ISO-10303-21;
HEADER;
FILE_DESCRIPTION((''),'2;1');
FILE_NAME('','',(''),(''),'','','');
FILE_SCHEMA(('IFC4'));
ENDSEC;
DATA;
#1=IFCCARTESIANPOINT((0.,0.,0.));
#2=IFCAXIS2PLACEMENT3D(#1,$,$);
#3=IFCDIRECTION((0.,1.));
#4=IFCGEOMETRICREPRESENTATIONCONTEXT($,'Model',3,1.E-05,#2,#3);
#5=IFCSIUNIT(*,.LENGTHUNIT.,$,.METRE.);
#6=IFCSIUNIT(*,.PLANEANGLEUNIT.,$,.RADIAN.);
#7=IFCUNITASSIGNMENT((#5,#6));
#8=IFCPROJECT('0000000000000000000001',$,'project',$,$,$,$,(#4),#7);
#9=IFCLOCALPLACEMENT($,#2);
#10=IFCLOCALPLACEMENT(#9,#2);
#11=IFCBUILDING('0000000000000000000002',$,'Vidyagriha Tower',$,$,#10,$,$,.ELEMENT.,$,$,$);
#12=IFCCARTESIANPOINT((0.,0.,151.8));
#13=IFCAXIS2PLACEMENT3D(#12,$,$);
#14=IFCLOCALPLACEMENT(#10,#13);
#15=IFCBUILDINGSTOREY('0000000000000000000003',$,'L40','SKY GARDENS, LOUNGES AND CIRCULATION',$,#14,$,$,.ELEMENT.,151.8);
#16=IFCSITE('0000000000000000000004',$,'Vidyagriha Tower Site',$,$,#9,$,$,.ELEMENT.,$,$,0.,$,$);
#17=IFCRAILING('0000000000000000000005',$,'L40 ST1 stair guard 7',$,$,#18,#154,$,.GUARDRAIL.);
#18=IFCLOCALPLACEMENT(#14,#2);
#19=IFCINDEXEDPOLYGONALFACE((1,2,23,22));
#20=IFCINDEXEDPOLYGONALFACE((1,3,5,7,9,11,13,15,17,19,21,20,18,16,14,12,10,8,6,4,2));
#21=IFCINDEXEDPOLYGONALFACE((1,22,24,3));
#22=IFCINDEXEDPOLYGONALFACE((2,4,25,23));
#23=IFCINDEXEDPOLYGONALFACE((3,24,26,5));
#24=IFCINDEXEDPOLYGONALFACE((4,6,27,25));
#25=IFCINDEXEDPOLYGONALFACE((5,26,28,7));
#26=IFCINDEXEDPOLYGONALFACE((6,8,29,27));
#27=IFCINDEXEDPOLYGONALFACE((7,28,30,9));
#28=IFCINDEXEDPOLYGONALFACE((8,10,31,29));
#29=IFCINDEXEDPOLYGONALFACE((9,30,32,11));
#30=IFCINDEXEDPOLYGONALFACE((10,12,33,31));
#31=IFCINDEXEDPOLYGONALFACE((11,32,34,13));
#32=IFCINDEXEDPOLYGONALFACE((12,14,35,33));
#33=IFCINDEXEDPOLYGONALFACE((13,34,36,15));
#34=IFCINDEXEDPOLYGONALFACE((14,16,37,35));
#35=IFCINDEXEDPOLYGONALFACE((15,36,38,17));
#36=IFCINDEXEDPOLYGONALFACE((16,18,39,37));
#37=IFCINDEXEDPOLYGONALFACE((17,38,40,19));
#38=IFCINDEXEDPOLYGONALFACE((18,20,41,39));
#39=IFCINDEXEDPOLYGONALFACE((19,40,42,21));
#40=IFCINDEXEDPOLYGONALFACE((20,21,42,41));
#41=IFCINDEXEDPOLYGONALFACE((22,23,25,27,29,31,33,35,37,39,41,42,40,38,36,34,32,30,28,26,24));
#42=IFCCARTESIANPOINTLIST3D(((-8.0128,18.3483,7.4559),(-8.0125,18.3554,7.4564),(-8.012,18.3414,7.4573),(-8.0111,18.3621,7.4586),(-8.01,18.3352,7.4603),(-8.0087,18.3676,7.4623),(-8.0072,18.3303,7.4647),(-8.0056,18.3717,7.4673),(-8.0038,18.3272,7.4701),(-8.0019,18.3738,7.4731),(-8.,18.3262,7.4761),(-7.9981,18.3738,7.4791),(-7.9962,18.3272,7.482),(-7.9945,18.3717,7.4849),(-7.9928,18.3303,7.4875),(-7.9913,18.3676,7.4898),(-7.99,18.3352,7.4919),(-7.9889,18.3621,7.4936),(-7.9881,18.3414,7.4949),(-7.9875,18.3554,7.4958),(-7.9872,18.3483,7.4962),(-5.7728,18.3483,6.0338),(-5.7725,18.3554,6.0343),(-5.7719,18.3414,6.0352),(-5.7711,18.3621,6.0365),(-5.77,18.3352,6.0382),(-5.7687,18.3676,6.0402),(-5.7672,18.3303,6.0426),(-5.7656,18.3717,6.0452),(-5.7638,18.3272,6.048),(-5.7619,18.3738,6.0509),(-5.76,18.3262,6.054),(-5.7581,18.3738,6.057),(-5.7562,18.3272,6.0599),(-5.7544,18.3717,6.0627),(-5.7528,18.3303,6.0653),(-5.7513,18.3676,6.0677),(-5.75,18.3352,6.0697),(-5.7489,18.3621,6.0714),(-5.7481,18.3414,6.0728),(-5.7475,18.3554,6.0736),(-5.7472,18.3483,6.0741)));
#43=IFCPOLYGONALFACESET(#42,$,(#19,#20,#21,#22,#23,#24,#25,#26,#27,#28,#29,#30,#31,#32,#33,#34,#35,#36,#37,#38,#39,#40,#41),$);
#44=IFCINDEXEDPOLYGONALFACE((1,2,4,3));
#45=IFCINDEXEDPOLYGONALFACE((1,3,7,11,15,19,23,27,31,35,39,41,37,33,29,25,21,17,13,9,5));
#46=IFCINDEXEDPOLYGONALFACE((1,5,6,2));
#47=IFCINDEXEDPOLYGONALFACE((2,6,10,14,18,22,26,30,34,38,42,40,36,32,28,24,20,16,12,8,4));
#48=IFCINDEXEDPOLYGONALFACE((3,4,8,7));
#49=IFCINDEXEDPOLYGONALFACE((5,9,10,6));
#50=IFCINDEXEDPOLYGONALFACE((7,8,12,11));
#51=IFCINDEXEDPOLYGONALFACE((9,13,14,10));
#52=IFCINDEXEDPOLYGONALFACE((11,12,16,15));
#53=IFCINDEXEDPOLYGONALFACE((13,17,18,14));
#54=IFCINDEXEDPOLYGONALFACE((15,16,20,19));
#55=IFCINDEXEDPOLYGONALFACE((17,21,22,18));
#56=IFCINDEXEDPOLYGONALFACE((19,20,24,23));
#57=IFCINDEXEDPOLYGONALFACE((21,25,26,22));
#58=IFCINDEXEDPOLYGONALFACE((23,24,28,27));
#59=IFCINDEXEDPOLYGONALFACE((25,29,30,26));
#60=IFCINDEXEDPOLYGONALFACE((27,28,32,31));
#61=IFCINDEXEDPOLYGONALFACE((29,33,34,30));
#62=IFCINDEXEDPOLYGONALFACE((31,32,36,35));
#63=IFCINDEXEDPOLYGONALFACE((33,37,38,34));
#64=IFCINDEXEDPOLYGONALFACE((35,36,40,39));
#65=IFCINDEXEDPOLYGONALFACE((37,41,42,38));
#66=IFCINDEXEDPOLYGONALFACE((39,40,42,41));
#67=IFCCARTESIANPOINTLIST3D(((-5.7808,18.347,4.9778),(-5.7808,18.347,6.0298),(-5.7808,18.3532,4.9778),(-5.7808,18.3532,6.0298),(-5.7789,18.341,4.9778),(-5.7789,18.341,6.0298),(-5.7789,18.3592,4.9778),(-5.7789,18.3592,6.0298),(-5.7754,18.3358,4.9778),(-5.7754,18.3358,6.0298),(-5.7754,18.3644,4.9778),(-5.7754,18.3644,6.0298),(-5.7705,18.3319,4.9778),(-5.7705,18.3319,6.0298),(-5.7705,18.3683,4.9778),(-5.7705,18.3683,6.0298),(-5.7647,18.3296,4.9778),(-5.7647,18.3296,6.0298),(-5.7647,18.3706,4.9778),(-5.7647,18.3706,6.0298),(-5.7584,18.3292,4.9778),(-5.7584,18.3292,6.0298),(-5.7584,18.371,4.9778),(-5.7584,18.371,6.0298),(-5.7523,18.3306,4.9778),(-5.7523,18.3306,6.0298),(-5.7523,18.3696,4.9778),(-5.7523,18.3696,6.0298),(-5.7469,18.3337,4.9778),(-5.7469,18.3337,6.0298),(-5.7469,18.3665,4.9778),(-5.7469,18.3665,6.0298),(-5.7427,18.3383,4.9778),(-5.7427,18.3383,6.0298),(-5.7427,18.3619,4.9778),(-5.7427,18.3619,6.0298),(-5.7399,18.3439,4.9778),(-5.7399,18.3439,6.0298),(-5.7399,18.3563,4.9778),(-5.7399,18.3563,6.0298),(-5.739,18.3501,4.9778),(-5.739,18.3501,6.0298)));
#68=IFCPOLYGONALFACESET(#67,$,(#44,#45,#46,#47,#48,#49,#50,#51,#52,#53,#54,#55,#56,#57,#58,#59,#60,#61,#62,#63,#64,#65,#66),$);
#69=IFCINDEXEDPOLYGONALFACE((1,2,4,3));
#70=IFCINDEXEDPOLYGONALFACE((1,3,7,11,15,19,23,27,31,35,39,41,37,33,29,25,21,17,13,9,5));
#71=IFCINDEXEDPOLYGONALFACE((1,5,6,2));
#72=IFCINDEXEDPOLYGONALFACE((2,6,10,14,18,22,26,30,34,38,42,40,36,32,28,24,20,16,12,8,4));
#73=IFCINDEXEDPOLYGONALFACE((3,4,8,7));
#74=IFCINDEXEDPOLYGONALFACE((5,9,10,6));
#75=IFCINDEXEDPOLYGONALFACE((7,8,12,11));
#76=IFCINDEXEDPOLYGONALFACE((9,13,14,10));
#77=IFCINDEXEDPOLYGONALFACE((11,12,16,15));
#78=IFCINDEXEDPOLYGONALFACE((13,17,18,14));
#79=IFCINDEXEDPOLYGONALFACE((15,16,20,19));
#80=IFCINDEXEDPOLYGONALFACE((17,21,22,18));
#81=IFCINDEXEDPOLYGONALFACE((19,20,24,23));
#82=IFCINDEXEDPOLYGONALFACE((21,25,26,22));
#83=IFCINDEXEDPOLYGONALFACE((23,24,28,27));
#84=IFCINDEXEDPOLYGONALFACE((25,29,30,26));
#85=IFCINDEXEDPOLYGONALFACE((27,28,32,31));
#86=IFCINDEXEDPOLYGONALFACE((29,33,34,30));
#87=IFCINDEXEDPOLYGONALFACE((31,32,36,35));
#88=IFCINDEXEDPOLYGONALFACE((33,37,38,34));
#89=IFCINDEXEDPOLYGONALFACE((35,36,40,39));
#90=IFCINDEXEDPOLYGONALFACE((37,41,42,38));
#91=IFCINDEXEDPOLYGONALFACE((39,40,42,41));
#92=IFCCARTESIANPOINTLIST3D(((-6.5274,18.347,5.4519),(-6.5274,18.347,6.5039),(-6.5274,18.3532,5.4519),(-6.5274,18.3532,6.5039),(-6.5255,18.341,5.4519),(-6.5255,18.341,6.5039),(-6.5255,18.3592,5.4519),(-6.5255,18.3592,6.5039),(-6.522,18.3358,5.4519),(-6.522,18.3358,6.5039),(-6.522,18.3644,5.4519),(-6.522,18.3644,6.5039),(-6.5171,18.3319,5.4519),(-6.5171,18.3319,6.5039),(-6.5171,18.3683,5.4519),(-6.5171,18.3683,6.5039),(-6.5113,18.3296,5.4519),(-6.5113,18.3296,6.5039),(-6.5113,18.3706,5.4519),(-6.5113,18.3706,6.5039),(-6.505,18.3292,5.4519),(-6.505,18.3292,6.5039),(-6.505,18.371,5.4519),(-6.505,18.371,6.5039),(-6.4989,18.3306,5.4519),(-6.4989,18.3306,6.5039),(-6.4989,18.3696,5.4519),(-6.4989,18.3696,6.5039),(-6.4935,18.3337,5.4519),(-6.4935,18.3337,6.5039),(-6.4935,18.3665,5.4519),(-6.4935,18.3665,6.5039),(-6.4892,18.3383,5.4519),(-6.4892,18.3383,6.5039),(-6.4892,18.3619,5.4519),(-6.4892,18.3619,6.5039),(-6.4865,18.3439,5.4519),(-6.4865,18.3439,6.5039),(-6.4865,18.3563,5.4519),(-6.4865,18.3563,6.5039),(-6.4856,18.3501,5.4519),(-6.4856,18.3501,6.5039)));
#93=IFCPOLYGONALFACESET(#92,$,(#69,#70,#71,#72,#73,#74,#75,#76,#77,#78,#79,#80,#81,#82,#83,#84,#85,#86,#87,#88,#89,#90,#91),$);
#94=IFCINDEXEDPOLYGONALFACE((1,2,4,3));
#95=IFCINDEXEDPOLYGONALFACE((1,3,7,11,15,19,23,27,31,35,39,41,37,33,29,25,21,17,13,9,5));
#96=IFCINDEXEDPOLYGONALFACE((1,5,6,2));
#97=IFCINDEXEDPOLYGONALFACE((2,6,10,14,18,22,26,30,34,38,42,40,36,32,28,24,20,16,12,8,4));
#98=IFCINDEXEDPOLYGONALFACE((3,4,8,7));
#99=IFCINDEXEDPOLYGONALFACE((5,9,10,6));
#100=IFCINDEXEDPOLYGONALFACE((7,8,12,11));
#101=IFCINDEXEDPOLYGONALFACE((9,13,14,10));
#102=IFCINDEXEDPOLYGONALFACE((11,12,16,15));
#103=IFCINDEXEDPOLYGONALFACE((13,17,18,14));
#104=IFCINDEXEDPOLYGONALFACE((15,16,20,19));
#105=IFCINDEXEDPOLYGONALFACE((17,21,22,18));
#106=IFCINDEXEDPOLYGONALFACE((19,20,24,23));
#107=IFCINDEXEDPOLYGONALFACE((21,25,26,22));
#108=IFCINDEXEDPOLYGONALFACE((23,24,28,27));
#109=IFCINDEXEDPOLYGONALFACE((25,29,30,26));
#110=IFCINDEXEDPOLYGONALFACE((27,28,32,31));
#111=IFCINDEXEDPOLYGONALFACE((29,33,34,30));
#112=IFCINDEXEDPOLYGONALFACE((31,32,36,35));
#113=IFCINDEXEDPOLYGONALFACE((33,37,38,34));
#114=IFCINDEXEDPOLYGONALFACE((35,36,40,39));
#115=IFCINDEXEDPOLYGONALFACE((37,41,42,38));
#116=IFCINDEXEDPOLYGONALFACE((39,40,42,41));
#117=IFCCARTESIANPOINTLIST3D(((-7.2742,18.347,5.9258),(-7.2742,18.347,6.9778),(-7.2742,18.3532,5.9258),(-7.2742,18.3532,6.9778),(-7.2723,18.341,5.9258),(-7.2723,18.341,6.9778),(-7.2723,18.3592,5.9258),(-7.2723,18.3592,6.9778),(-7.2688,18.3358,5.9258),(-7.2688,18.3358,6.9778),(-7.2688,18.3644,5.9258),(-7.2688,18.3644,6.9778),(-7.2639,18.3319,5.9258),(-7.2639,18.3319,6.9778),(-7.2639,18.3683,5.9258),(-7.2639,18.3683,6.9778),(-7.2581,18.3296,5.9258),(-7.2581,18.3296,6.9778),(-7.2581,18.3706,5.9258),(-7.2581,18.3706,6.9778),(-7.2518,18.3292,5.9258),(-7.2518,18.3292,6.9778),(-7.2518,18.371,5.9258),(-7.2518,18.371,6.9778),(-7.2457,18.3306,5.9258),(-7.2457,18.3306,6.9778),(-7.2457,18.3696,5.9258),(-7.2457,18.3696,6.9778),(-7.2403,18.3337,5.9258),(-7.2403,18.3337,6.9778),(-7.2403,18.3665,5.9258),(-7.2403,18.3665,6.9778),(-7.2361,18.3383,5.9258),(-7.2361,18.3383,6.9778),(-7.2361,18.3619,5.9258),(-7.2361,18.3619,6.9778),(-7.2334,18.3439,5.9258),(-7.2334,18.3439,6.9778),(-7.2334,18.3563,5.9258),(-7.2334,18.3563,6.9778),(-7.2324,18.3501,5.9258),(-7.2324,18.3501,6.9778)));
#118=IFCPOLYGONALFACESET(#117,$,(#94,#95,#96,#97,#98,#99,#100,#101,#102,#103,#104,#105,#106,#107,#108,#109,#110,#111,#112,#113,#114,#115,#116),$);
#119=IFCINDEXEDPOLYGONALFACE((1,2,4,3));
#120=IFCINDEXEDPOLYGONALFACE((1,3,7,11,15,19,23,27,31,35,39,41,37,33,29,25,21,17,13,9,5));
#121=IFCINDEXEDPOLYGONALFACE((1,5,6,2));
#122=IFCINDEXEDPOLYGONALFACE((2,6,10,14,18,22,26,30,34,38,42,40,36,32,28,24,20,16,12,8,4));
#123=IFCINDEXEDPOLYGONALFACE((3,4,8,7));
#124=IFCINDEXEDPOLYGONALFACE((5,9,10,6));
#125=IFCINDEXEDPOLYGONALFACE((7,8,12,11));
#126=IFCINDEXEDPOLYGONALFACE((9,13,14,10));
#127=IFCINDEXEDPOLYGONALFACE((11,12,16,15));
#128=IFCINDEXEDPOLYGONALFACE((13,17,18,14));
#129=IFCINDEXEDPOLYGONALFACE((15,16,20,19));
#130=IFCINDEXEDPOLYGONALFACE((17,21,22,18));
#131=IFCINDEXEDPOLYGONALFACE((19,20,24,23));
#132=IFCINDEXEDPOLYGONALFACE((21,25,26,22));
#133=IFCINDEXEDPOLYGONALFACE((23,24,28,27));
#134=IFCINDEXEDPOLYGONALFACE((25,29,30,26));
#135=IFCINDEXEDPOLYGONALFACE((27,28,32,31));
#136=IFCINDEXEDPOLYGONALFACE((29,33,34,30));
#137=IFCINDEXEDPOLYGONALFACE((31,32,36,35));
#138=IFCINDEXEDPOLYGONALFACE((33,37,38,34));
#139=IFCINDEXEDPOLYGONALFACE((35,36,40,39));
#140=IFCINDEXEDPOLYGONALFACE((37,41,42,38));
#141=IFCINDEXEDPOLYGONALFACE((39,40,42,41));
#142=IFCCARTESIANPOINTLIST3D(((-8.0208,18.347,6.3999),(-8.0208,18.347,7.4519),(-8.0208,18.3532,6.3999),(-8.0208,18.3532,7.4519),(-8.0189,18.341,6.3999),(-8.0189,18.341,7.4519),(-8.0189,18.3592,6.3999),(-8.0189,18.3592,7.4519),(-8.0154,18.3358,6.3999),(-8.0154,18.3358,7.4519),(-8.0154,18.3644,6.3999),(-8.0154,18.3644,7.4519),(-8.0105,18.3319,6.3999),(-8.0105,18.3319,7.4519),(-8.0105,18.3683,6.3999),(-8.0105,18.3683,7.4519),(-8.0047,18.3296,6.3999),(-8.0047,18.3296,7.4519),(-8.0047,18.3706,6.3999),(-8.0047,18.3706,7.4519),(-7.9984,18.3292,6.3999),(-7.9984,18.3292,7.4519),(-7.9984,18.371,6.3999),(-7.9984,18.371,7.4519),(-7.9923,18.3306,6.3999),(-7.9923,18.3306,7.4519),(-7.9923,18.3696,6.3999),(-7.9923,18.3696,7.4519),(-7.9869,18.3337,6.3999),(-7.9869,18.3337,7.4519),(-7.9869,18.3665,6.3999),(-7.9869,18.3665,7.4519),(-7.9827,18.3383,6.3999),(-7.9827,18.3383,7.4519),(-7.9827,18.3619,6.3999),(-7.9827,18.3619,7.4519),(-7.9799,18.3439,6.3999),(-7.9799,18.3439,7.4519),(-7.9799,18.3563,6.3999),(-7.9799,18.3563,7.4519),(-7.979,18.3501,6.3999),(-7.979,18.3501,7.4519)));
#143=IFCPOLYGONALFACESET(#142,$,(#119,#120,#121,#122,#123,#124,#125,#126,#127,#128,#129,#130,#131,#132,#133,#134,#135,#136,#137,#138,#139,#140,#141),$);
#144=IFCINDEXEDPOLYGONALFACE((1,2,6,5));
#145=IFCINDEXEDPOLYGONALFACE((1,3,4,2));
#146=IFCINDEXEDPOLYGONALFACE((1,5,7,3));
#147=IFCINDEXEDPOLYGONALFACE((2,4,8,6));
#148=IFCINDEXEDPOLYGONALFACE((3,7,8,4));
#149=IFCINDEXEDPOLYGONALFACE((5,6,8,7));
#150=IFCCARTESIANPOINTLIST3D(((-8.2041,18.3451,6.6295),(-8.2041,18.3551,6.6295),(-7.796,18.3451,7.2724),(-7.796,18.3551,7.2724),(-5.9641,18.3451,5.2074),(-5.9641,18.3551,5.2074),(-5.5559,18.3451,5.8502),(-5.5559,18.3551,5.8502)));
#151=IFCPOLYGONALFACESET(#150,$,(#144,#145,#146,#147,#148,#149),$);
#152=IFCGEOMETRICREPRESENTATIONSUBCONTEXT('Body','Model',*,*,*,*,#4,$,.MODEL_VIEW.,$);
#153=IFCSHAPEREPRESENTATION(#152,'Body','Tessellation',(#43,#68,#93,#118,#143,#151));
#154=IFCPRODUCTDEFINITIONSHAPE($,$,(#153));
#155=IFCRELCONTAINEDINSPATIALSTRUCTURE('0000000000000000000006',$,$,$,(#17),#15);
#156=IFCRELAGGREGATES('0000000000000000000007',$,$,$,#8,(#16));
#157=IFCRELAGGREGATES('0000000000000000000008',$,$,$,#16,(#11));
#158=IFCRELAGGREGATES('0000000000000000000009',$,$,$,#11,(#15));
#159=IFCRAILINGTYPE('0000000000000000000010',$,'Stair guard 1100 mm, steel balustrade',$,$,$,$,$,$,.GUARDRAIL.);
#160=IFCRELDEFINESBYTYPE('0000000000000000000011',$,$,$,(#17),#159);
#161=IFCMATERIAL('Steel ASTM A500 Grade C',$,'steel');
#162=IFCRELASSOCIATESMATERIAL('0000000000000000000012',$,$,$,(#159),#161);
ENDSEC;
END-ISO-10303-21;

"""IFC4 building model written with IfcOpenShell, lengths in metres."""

from ifc_helpers import new_model, si_unit, direction, frame, origin, origin_2d, place, context, subcontext, project, spatial, rectangle, circle, extrude, material, type_object, element, save


model = new_model("IFC4")

# Units and contexts
model_context = context("Model", 3, precision=1e-05, world=origin(), true_north=direction((0.0, 1.0)))
body_context = subcontext(model_context, "Body", "Model", "MODEL_VIEW")
ifc_project = project(units=[si_unit("LENGTHUNIT", "METRE"), si_unit("PLANEANGLEUNIT", "RADIAN")], contexts=[model_context])

# Site, building, storey
site_placement = place(None, origin())
site = spatial("IfcSite", under=ifc_project, at=site_placement, Name="Vidyagriha Tower Site", CompositionType="ELEMENT", RefElevation=0.0)
building_placement = place(site_placement, origin())
building = spatial("IfcBuilding", under=site, at=building_placement, Name="Vidyagriha Tower", CompositionType="ELEMENT")
storey_placement = place(building_placement, frame((0.0, 0.0, 151.8)))
storey = spatial("IfcBuildingStorey", under=building, at=storey_placement, Name="L40", Description="SKY GARDENS, LOUNGES AND CIRCULATION", CompositionType="ELEMENT", Elevation=151.8)

# Railing
ifc_material_1 = material(Name="Steel ASTM A500 Grade C", Category="steel")
railing_type_1 = type_object("IfcRailingType", Name="Stair guard 1100 mm, steel balustrade", PredefinedType="GUARDRAIL", material=ifc_material_1)
railing_1_placement = place(storey_placement, frame((-5.76, 18.3501, 4.9778)))
element("IfcRailing", 1, at=railing_1_placement, inside=storey, type_object=railing_type_1, Name="L40 ST1 stair guard 7", PredefinedType="GUARDRAIL", context=body_context, shape_type="SweptSolid", body=[
    extrude(circle(Radius=0.0239, at=origin_2d()), frame((0.0, 0.0, 1.0762), z_axis=(-0.844229, 0.0, 0.535982), x_axis=(0.0, -1.0, 0.0)), (0.0, 0.0, 1.0), 2.6533),
    extrude(circle(Radius=0.021, at=origin_2d()), origin(), (0.0, 0.0, 1.0), 1.052),
    extrude(circle(Radius=0.021, at=origin_2d()), frame((-0.7466, 0.0, 0.4741)), (0.0, 0.0, 1.0), 1.052),
    extrude(circle(Radius=0.021, at=origin_2d()), frame((-1.4934, 0.0, 0.948)), (0.0, 0.0, 1.0), 1.052),
    extrude(circle(Radius=0.021, at=origin_2d()), frame((-2.24, 0.0, 1.4221)), (0.0, 0.0, 1.0), 1.052),
    extrude(rectangle(XDim=0.01, YDim=0.7615, at=origin_2d()), frame((0.0, 0.0, 0.551), z_axis=(-0.844229, 0.0, 0.535982), x_axis=(0.0, -1.0, 0.0)), (0.0, 0.0, 1.0), 2.6533),
])

save(model, "model.ifc")
